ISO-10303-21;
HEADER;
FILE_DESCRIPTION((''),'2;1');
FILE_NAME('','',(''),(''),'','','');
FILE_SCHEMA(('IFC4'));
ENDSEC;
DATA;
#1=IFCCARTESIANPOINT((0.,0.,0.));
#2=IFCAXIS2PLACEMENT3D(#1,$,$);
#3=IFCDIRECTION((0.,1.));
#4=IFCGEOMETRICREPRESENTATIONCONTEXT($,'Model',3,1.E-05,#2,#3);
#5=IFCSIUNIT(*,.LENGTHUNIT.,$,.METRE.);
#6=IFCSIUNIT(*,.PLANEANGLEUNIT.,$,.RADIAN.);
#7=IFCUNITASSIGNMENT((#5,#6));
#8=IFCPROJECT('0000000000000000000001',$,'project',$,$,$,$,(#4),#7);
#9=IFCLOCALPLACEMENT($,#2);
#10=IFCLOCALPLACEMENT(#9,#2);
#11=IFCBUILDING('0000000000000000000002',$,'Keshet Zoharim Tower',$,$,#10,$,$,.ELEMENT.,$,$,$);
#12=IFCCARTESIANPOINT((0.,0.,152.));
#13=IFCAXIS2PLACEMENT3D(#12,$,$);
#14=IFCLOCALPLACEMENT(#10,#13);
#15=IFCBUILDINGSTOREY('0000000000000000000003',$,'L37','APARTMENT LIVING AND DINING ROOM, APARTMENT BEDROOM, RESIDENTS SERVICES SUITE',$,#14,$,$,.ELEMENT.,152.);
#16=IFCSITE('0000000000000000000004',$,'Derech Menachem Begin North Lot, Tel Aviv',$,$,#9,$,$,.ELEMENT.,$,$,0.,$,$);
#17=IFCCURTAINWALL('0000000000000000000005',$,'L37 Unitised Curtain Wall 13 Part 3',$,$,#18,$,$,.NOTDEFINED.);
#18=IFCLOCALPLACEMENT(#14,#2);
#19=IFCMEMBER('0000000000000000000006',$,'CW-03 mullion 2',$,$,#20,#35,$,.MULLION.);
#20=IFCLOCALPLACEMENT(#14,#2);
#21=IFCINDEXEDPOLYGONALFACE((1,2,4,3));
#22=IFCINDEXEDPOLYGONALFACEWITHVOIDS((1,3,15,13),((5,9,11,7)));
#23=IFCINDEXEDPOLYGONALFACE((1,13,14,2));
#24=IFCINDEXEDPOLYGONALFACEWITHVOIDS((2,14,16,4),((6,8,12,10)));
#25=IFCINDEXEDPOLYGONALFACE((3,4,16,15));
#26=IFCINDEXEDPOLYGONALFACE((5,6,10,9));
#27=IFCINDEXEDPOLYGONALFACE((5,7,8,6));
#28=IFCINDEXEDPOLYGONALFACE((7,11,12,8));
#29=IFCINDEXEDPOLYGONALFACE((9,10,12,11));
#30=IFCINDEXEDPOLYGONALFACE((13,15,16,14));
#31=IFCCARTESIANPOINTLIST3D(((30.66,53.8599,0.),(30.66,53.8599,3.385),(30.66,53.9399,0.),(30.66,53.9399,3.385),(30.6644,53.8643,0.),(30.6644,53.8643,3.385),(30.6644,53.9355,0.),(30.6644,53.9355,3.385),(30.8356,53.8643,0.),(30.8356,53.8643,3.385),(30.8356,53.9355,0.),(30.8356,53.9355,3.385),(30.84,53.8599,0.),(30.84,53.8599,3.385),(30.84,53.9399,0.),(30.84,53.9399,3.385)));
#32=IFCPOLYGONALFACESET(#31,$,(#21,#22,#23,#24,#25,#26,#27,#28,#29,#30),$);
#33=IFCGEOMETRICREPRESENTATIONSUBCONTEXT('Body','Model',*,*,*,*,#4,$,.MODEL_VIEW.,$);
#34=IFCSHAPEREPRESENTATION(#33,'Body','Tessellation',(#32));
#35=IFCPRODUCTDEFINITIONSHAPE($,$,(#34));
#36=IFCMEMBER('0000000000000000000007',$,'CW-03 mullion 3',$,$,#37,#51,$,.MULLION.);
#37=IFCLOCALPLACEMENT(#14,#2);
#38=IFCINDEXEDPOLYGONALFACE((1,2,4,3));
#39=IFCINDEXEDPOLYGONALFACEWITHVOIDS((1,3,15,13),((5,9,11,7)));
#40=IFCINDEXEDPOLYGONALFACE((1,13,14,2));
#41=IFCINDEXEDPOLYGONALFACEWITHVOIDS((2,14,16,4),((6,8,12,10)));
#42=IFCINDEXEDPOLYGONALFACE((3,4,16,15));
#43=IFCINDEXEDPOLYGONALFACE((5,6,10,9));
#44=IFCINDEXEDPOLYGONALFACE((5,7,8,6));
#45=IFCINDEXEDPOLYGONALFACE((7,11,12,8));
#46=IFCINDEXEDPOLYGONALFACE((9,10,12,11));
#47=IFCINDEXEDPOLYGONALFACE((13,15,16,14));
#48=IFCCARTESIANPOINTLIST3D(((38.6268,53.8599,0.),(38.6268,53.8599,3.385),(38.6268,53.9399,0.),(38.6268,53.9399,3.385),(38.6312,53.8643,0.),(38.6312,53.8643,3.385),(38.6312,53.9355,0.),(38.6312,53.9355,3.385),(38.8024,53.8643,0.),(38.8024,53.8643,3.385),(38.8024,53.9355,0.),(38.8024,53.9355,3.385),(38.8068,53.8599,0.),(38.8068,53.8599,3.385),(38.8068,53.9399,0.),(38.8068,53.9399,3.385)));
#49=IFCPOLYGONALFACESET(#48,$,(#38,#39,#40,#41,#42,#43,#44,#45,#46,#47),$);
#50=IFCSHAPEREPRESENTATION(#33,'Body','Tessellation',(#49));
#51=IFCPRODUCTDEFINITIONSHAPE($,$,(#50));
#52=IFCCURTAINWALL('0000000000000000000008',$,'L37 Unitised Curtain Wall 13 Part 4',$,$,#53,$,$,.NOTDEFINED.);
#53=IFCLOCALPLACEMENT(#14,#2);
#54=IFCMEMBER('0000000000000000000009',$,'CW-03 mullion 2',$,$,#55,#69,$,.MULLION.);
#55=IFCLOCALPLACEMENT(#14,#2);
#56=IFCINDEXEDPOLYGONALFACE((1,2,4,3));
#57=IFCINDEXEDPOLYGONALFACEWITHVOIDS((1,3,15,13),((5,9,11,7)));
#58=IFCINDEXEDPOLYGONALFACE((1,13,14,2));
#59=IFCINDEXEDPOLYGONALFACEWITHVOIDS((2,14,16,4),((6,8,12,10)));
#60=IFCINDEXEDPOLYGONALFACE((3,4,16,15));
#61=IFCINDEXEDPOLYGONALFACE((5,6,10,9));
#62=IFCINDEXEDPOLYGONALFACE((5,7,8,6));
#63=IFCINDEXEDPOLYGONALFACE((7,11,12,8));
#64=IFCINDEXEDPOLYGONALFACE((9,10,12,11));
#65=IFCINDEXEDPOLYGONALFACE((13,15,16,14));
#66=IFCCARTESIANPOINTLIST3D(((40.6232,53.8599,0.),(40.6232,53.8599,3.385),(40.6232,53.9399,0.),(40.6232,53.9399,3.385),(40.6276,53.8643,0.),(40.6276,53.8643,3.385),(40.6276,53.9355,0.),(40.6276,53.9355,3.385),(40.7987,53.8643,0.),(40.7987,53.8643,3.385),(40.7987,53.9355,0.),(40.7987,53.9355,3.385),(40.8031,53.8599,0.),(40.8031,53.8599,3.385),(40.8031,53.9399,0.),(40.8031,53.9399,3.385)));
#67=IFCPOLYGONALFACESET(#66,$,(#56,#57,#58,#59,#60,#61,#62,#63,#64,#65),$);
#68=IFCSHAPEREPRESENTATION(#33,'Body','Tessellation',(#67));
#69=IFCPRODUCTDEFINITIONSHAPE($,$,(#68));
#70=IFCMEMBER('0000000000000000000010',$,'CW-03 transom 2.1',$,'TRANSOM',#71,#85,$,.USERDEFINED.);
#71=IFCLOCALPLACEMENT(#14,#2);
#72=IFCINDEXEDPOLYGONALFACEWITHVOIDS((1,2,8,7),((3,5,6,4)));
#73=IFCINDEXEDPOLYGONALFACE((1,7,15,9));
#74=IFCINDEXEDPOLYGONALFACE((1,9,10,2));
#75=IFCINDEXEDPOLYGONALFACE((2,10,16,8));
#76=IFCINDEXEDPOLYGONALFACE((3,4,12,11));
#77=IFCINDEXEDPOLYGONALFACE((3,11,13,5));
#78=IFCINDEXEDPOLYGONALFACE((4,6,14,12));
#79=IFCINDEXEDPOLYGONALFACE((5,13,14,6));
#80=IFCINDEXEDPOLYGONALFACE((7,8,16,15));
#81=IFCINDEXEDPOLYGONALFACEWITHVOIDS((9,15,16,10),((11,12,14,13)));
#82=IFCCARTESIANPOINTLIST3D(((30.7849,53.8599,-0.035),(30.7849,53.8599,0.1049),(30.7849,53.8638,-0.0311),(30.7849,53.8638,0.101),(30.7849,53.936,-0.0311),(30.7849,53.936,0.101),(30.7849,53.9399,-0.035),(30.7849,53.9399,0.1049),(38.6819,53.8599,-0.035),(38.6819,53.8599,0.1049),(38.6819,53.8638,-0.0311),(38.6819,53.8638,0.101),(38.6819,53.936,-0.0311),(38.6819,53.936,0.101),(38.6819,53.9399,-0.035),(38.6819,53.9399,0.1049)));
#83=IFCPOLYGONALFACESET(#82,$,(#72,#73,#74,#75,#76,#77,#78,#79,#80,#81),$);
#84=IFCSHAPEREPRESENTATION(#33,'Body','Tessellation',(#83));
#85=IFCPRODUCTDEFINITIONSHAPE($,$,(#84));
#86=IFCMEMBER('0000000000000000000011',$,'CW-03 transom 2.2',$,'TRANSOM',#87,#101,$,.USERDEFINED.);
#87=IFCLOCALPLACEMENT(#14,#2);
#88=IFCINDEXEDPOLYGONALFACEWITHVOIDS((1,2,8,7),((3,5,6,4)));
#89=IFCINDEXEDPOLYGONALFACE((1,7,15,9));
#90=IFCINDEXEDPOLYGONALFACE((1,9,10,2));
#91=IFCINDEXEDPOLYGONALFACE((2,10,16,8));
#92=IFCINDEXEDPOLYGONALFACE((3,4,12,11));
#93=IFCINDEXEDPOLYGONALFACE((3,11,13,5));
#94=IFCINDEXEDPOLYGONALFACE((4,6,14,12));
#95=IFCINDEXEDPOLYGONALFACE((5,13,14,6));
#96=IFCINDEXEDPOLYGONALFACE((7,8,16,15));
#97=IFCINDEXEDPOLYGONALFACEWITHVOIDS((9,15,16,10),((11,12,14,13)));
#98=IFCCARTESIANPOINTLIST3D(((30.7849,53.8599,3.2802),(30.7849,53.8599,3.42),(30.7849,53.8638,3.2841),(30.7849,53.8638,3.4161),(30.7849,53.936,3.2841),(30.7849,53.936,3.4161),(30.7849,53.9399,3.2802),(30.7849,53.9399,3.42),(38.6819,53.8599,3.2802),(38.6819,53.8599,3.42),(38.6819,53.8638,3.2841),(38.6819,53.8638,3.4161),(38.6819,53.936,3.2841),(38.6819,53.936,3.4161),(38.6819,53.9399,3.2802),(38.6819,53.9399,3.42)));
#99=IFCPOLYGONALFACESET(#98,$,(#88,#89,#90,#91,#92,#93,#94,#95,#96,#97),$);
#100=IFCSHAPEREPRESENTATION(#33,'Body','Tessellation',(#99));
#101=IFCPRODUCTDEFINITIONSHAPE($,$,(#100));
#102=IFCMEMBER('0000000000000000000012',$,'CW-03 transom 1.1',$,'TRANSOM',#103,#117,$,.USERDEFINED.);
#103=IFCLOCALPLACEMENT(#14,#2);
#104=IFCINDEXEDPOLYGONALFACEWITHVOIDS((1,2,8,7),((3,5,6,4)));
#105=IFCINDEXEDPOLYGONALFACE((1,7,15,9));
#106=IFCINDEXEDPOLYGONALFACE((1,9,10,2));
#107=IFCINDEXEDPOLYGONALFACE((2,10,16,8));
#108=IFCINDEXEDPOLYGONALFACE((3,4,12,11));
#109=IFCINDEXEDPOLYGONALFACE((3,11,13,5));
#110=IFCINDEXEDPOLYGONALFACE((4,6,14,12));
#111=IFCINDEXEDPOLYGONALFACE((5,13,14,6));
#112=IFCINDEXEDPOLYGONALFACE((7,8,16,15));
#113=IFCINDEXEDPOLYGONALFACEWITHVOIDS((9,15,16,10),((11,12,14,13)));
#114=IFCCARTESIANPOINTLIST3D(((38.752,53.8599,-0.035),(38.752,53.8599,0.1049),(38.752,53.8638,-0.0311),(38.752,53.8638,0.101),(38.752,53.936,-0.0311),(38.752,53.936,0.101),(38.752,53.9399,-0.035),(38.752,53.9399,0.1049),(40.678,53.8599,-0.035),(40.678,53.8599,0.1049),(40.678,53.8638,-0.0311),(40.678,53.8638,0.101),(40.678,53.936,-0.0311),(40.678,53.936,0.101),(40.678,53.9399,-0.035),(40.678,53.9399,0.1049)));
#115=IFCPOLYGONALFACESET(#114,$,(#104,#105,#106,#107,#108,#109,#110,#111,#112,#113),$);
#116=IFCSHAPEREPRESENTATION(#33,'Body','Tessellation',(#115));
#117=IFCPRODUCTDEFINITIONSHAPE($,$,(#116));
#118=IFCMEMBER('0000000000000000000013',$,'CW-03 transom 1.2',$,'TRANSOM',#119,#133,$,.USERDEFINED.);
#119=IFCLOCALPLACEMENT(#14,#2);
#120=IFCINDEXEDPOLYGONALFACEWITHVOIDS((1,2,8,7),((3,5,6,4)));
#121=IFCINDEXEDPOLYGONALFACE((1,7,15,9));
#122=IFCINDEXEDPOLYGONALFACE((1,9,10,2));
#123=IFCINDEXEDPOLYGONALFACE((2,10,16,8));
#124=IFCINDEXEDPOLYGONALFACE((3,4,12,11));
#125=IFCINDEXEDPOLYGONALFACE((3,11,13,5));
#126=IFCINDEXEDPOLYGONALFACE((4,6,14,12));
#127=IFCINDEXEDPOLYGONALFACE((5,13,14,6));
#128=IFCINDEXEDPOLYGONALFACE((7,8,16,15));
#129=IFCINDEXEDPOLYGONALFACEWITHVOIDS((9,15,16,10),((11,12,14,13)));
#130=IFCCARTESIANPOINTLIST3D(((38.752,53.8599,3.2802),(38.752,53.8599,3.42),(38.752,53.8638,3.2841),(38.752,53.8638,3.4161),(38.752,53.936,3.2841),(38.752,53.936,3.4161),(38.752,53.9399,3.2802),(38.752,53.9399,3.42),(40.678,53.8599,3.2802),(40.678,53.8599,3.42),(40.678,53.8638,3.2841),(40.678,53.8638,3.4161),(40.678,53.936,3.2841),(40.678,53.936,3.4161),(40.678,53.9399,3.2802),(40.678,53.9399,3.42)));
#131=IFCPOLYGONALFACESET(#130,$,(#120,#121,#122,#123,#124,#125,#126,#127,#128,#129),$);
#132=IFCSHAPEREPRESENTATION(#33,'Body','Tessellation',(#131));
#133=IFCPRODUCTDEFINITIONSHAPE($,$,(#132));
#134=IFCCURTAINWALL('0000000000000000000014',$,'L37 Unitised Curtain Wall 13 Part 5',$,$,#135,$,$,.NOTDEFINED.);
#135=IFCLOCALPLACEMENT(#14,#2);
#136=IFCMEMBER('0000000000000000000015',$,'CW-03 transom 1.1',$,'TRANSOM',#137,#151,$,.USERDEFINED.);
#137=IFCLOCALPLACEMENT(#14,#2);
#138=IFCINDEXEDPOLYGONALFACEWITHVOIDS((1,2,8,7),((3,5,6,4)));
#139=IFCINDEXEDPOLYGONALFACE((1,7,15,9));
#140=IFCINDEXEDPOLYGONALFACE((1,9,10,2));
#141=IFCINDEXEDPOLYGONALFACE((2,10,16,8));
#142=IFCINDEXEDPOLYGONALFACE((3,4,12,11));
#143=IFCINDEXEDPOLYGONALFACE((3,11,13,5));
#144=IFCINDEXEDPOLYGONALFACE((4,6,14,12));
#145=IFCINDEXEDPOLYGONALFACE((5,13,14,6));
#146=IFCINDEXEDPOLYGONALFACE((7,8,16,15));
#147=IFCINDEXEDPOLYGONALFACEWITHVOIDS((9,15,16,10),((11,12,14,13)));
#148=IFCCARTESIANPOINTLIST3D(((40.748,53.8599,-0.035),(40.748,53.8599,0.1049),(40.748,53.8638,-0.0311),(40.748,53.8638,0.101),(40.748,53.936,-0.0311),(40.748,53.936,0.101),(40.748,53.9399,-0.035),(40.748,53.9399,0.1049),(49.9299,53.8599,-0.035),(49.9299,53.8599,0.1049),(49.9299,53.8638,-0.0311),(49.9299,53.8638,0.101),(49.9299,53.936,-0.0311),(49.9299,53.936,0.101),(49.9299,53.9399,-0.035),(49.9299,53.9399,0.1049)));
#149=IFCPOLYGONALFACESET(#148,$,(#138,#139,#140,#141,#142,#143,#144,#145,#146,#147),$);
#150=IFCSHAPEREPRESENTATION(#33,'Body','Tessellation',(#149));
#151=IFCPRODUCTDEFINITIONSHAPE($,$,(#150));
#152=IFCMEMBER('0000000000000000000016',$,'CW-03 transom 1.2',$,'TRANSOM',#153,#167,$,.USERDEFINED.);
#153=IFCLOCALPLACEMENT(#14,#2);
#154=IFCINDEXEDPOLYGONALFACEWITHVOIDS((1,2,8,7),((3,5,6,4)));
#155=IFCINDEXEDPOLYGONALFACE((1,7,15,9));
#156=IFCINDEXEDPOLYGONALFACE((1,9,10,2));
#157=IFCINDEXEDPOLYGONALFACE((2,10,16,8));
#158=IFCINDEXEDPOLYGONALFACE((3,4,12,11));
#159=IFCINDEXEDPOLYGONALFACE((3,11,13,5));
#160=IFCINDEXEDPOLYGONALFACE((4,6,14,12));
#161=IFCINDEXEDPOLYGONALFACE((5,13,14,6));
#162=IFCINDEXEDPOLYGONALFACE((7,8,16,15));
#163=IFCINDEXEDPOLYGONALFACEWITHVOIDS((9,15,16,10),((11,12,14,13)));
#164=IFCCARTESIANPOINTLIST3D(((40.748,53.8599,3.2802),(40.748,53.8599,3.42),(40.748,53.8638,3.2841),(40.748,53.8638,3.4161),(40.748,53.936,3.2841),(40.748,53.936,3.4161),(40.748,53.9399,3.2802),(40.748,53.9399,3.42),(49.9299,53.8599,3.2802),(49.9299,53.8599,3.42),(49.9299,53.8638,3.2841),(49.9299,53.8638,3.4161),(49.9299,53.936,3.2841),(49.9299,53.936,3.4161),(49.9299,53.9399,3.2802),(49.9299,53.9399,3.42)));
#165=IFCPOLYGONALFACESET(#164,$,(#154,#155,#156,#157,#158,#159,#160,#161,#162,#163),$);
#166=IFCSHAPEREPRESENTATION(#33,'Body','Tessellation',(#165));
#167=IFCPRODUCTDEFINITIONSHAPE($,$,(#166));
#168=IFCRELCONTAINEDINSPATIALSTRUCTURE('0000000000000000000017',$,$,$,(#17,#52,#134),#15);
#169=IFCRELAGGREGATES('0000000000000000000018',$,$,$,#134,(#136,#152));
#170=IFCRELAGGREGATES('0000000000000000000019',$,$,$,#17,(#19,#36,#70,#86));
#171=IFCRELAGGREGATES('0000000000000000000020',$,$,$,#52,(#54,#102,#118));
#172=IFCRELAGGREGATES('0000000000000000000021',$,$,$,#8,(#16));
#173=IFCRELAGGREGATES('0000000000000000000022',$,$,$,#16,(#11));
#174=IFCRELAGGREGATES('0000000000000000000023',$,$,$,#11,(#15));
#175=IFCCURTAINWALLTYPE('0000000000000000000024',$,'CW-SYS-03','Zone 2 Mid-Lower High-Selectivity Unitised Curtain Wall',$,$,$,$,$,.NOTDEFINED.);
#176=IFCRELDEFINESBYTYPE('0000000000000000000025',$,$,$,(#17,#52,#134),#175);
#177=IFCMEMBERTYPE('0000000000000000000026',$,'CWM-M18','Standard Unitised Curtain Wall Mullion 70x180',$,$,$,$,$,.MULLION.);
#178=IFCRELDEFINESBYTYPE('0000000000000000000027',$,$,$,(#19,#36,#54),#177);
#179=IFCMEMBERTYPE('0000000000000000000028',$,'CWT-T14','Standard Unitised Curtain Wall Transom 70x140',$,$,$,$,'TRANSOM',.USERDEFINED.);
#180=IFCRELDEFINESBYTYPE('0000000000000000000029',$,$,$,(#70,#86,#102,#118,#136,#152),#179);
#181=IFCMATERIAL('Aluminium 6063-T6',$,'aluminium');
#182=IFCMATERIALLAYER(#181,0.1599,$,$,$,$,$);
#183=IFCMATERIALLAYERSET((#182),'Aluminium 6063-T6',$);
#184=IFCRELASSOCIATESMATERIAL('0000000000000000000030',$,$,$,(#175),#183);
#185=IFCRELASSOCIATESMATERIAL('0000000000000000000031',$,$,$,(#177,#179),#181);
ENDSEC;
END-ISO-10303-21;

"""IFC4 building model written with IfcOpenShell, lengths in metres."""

from ifc_helpers import new_model, si_unit, direction, frame, origin, origin_2d, place, context, subcontext, project, spatial, hollow_rectangle, extrude, material, layer, layer_set, material_profile, profile_set, type_object, element, aggregate, save


model = new_model("IFC4")

# Units and contexts
model_context = context("Model", 3, precision=1e-05, world=origin(), true_north=direction((0.0, 1.0)))
body_context = subcontext(model_context, "Body", "Model", "MODEL_VIEW")
ifc_project = project(units=[si_unit("LENGTHUNIT", "METRE"), si_unit("PLANEANGLEUNIT", "RADIAN")], contexts=[model_context])

# Site, building, storey
site_placement = place(None, origin())
site = spatial("IfcSite", under=ifc_project, at=site_placement, Name="Derech Menachem Begin North Lot, Tel Aviv", CompositionType="ELEMENT", RefElevation=0.0)
building_placement = place(site_placement, origin())
building = spatial("IfcBuilding", under=site, at=building_placement, Name="Keshet Zoharim Tower", CompositionType="ELEMENT")
storey_placement = place(building_placement, frame((0.0, 0.0, 152.0)))
storey = spatial("IfcBuildingStorey", under=building, at=storey_placement, Name="L37", Description="APARTMENT LIVING AND DINING ROOM, APARTMENT BEDROOM, RESIDENTS SERVICES SUITE", CompositionType="ELEMENT", Elevation=152.0)

# Curtain wall, members
ifc_material_1 = material(Name="Aluminium 6063-T6", Category="aluminium")
ifc_layer_1 = layer(ifc_material_1, 0.1599)
ifc_layer_set_1 = layer_set([ifc_layer_1], Name="Aluminium 6063-T6")
curtain_wall_type = type_object("IfcCurtainWallType", Name="CW-SYS-03", Description="Zone 2 Mid-Lower High-Selectivity Unitised Curtain Wall", PredefinedType="NOTDEFINED", material=ifc_layer_set_1)
curtain_wall_1_placement = place(storey_placement, origin())
curtain_wall_1 = element("IfcCurtainWall", 1, at=curtain_wall_1_placement, inside=storey, type_object=curtain_wall_type, Name="L37 Unitised Curtain Wall 13 Part 3", PredefinedType="NOTDEFINED")
ifc_material_profile_1 = material_profile(ifc_material_1, hollow_rectangle(XDim=0.0801, YDim=0.1799, WallThickness=0.0044, at=origin_2d()), Name="MUL-80x180")
ifc_profile_set_1 = profile_set([ifc_material_profile_1], Name="Aluminium 6063-T6")
member_type_1 = type_object("IfcMemberType", Name="CWM-M18", Description="Standard Unitised Curtain Wall Mullion 70x180", PredefinedType="MULLION", material=ifc_profile_set_1)
member_1_placement = place(storey_placement, frame((30.75, 53.8999, 0.0), z_axis=(0.0, 0.0, 1.0), x_axis=(0.0, 1.0, 0.0)))
member_1 = element("IfcMember", 2, at=member_1_placement, type_object=member_type_1, Name="CW-03 mullion 2", PredefinedType="MULLION", context=body_context, shape_type="SweptSolid", body=[
    extrude(hollow_rectangle(XDim=0.0801, YDim=0.1799, WallThickness=0.0044, at=origin_2d()), origin(), (0.0, 0.0, 1.0), 3.385),
])
member_2_placement = place(storey_placement, frame((38.7168, 53.8999, 0.0), z_axis=(0.0, 0.0, 1.0), x_axis=(0.0, 1.0, 0.0)))
member_2 = element("IfcMember", 3, at=member_2_placement, type_object=member_type_1, Name="CW-03 mullion 3", PredefinedType="MULLION", context=body_context, shape_type="SweptSolid", body=[
    extrude(hollow_rectangle(XDim=0.0801, YDim=0.1799, WallThickness=0.0044, at=origin_2d()), origin(), (0.0, 0.0, 1.0), 3.385),
])

# Curtain wall, member
curtain_wall_2_placement = place(storey_placement, origin())
curtain_wall_2 = element("IfcCurtainWall", 4, at=curtain_wall_2_placement, inside=storey, type_object=curtain_wall_type, Name="L37 Unitised Curtain Wall 13 Part 4", PredefinedType="NOTDEFINED")
member_3_placement = place(storey_placement, frame((40.7131, 53.8999, 0.0), z_axis=(0.0, 0.0, 1.0), x_axis=(0.0, 1.0, 0.0)))
member_3 = element("IfcMember", 5, at=member_3_placement, type_object=member_type_1, Name="CW-03 mullion 2", PredefinedType="MULLION", context=body_context, shape_type="SweptSolid", body=[
    extrude(hollow_rectangle(XDim=0.0801, YDim=0.1799, WallThickness=0.0044, at=origin_2d()), origin(), (0.0, 0.0, 1.0), 3.385),
])

# Members
ifc_material_profile_2 = material_profile(ifc_material_1, hollow_rectangle(XDim=0.0801, YDim=0.1399, WallThickness=0.0039, at=origin_2d()), Name="TRN-80x140")
ifc_profile_set_2 = profile_set([ifc_material_profile_2], Name="Aluminium 6063-T6")
member_type_2 = type_object("IfcMemberType", Name="CWT-T14", Description="Standard Unitised Curtain Wall Transom 70x140", ElementType="TRANSOM", PredefinedType="USERDEFINED", material=ifc_profile_set_2)
member_4_placement = place(storey_placement, frame((30.7849, 53.8999, 0.0349), z_axis=(1.0, 0.0, 0.0), x_axis=(0.0, 1.0, 0.0)))
member_4 = element("IfcMember", 6, at=member_4_placement, type_object=member_type_2, Name="CW-03 transom 2.1", ObjectType="TRANSOM", PredefinedType="USERDEFINED", context=body_context, shape_type="SweptSolid", body=[
    extrude(hollow_rectangle(XDim=0.0801, YDim=0.1399, WallThickness=0.0039, at=origin_2d()), origin(), (0.0, 0.0, 1.0), 7.897),
])
member_5_placement = place(storey_placement, frame((30.7849, 53.8999, 3.3501), z_axis=(1.0, 0.0, 0.0), x_axis=(0.0, 1.0, 0.0)))
member_5 = element("IfcMember", 7, at=member_5_placement, type_object=member_type_2, Name="CW-03 transom 2.2", ObjectType="TRANSOM", PredefinedType="USERDEFINED", context=body_context, shape_type="SweptSolid", body=[
    extrude(hollow_rectangle(XDim=0.0801, YDim=0.1399, WallThickness=0.0039, at=origin_2d()), origin(), (0.0, 0.0, 1.0), 7.897),
])
member_6_placement = place(storey_placement, frame((38.752, 53.8999, 0.0349), z_axis=(1.0, 0.0, 0.0), x_axis=(0.0, 1.0, 0.0)))
member_6 = element("IfcMember", 8, at=member_6_placement, type_object=member_type_2, Name="CW-03 transom 1.1", ObjectType="TRANSOM", PredefinedType="USERDEFINED", context=body_context, shape_type="SweptSolid", body=[
    extrude(hollow_rectangle(XDim=0.0801, YDim=0.1399, WallThickness=0.0039, at=origin_2d()), origin(), (0.0, 0.0, 1.0), 1.926),
])
member_7_placement = place(storey_placement, frame((38.752, 53.8999, 3.3501), z_axis=(1.0, 0.0, 0.0), x_axis=(0.0, 1.0, 0.0)))
member_7 = element("IfcMember", 9, at=member_7_placement, type_object=member_type_2, Name="CW-03 transom 1.2", ObjectType="TRANSOM", PredefinedType="USERDEFINED", context=body_context, shape_type="SweptSolid", body=[
    extrude(hollow_rectangle(XDim=0.0801, YDim=0.1399, WallThickness=0.0039, at=origin_2d()), origin(), (0.0, 0.0, 1.0), 1.926),
])

# Curtain wall, members
curtain_wall_3_placement = place(storey_placement, origin())
curtain_wall_3 = element("IfcCurtainWall", 10, at=curtain_wall_3_placement, inside=storey, type_object=curtain_wall_type, Name="L37 Unitised Curtain Wall 13 Part 5", PredefinedType="NOTDEFINED")
member_8_placement = place(storey_placement, frame((40.748, 53.8999, 0.0349), z_axis=(1.0, 0.0, 0.0), x_axis=(0.0, 1.0, 0.0)))
member_8 = element("IfcMember", 11, at=member_8_placement, type_object=member_type_2, Name="CW-03 transom 1.1", ObjectType="TRANSOM", PredefinedType="USERDEFINED", context=body_context, shape_type="SweptSolid", body=[
    extrude(hollow_rectangle(XDim=0.0801, YDim=0.1399, WallThickness=0.0039, at=origin_2d()), origin(), (0.0, 0.0, 1.0), 9.1819),
])
member_9_placement = place(storey_placement, frame((40.748, 53.8999, 3.3501), z_axis=(1.0, 0.0, 0.0), x_axis=(0.0, 1.0, 0.0)))
member_9 = element("IfcMember", 12, at=member_9_placement, type_object=member_type_2, Name="CW-03 transom 1.2", ObjectType="TRANSOM", PredefinedType="USERDEFINED", context=body_context, shape_type="SweptSolid", body=[
    extrude(hollow_rectangle(XDim=0.0801, YDim=0.1399, WallThickness=0.0039, at=origin_2d()), origin(), (0.0, 0.0, 1.0), 9.1819),
])
aggregate(curtain_wall_3, [member_8, member_9])

aggregate(curtain_wall_1, [member_1, member_2, member_4, member_5])
aggregate(curtain_wall_2, [member_3, member_6, member_7])

save(model, "model.ifc")
